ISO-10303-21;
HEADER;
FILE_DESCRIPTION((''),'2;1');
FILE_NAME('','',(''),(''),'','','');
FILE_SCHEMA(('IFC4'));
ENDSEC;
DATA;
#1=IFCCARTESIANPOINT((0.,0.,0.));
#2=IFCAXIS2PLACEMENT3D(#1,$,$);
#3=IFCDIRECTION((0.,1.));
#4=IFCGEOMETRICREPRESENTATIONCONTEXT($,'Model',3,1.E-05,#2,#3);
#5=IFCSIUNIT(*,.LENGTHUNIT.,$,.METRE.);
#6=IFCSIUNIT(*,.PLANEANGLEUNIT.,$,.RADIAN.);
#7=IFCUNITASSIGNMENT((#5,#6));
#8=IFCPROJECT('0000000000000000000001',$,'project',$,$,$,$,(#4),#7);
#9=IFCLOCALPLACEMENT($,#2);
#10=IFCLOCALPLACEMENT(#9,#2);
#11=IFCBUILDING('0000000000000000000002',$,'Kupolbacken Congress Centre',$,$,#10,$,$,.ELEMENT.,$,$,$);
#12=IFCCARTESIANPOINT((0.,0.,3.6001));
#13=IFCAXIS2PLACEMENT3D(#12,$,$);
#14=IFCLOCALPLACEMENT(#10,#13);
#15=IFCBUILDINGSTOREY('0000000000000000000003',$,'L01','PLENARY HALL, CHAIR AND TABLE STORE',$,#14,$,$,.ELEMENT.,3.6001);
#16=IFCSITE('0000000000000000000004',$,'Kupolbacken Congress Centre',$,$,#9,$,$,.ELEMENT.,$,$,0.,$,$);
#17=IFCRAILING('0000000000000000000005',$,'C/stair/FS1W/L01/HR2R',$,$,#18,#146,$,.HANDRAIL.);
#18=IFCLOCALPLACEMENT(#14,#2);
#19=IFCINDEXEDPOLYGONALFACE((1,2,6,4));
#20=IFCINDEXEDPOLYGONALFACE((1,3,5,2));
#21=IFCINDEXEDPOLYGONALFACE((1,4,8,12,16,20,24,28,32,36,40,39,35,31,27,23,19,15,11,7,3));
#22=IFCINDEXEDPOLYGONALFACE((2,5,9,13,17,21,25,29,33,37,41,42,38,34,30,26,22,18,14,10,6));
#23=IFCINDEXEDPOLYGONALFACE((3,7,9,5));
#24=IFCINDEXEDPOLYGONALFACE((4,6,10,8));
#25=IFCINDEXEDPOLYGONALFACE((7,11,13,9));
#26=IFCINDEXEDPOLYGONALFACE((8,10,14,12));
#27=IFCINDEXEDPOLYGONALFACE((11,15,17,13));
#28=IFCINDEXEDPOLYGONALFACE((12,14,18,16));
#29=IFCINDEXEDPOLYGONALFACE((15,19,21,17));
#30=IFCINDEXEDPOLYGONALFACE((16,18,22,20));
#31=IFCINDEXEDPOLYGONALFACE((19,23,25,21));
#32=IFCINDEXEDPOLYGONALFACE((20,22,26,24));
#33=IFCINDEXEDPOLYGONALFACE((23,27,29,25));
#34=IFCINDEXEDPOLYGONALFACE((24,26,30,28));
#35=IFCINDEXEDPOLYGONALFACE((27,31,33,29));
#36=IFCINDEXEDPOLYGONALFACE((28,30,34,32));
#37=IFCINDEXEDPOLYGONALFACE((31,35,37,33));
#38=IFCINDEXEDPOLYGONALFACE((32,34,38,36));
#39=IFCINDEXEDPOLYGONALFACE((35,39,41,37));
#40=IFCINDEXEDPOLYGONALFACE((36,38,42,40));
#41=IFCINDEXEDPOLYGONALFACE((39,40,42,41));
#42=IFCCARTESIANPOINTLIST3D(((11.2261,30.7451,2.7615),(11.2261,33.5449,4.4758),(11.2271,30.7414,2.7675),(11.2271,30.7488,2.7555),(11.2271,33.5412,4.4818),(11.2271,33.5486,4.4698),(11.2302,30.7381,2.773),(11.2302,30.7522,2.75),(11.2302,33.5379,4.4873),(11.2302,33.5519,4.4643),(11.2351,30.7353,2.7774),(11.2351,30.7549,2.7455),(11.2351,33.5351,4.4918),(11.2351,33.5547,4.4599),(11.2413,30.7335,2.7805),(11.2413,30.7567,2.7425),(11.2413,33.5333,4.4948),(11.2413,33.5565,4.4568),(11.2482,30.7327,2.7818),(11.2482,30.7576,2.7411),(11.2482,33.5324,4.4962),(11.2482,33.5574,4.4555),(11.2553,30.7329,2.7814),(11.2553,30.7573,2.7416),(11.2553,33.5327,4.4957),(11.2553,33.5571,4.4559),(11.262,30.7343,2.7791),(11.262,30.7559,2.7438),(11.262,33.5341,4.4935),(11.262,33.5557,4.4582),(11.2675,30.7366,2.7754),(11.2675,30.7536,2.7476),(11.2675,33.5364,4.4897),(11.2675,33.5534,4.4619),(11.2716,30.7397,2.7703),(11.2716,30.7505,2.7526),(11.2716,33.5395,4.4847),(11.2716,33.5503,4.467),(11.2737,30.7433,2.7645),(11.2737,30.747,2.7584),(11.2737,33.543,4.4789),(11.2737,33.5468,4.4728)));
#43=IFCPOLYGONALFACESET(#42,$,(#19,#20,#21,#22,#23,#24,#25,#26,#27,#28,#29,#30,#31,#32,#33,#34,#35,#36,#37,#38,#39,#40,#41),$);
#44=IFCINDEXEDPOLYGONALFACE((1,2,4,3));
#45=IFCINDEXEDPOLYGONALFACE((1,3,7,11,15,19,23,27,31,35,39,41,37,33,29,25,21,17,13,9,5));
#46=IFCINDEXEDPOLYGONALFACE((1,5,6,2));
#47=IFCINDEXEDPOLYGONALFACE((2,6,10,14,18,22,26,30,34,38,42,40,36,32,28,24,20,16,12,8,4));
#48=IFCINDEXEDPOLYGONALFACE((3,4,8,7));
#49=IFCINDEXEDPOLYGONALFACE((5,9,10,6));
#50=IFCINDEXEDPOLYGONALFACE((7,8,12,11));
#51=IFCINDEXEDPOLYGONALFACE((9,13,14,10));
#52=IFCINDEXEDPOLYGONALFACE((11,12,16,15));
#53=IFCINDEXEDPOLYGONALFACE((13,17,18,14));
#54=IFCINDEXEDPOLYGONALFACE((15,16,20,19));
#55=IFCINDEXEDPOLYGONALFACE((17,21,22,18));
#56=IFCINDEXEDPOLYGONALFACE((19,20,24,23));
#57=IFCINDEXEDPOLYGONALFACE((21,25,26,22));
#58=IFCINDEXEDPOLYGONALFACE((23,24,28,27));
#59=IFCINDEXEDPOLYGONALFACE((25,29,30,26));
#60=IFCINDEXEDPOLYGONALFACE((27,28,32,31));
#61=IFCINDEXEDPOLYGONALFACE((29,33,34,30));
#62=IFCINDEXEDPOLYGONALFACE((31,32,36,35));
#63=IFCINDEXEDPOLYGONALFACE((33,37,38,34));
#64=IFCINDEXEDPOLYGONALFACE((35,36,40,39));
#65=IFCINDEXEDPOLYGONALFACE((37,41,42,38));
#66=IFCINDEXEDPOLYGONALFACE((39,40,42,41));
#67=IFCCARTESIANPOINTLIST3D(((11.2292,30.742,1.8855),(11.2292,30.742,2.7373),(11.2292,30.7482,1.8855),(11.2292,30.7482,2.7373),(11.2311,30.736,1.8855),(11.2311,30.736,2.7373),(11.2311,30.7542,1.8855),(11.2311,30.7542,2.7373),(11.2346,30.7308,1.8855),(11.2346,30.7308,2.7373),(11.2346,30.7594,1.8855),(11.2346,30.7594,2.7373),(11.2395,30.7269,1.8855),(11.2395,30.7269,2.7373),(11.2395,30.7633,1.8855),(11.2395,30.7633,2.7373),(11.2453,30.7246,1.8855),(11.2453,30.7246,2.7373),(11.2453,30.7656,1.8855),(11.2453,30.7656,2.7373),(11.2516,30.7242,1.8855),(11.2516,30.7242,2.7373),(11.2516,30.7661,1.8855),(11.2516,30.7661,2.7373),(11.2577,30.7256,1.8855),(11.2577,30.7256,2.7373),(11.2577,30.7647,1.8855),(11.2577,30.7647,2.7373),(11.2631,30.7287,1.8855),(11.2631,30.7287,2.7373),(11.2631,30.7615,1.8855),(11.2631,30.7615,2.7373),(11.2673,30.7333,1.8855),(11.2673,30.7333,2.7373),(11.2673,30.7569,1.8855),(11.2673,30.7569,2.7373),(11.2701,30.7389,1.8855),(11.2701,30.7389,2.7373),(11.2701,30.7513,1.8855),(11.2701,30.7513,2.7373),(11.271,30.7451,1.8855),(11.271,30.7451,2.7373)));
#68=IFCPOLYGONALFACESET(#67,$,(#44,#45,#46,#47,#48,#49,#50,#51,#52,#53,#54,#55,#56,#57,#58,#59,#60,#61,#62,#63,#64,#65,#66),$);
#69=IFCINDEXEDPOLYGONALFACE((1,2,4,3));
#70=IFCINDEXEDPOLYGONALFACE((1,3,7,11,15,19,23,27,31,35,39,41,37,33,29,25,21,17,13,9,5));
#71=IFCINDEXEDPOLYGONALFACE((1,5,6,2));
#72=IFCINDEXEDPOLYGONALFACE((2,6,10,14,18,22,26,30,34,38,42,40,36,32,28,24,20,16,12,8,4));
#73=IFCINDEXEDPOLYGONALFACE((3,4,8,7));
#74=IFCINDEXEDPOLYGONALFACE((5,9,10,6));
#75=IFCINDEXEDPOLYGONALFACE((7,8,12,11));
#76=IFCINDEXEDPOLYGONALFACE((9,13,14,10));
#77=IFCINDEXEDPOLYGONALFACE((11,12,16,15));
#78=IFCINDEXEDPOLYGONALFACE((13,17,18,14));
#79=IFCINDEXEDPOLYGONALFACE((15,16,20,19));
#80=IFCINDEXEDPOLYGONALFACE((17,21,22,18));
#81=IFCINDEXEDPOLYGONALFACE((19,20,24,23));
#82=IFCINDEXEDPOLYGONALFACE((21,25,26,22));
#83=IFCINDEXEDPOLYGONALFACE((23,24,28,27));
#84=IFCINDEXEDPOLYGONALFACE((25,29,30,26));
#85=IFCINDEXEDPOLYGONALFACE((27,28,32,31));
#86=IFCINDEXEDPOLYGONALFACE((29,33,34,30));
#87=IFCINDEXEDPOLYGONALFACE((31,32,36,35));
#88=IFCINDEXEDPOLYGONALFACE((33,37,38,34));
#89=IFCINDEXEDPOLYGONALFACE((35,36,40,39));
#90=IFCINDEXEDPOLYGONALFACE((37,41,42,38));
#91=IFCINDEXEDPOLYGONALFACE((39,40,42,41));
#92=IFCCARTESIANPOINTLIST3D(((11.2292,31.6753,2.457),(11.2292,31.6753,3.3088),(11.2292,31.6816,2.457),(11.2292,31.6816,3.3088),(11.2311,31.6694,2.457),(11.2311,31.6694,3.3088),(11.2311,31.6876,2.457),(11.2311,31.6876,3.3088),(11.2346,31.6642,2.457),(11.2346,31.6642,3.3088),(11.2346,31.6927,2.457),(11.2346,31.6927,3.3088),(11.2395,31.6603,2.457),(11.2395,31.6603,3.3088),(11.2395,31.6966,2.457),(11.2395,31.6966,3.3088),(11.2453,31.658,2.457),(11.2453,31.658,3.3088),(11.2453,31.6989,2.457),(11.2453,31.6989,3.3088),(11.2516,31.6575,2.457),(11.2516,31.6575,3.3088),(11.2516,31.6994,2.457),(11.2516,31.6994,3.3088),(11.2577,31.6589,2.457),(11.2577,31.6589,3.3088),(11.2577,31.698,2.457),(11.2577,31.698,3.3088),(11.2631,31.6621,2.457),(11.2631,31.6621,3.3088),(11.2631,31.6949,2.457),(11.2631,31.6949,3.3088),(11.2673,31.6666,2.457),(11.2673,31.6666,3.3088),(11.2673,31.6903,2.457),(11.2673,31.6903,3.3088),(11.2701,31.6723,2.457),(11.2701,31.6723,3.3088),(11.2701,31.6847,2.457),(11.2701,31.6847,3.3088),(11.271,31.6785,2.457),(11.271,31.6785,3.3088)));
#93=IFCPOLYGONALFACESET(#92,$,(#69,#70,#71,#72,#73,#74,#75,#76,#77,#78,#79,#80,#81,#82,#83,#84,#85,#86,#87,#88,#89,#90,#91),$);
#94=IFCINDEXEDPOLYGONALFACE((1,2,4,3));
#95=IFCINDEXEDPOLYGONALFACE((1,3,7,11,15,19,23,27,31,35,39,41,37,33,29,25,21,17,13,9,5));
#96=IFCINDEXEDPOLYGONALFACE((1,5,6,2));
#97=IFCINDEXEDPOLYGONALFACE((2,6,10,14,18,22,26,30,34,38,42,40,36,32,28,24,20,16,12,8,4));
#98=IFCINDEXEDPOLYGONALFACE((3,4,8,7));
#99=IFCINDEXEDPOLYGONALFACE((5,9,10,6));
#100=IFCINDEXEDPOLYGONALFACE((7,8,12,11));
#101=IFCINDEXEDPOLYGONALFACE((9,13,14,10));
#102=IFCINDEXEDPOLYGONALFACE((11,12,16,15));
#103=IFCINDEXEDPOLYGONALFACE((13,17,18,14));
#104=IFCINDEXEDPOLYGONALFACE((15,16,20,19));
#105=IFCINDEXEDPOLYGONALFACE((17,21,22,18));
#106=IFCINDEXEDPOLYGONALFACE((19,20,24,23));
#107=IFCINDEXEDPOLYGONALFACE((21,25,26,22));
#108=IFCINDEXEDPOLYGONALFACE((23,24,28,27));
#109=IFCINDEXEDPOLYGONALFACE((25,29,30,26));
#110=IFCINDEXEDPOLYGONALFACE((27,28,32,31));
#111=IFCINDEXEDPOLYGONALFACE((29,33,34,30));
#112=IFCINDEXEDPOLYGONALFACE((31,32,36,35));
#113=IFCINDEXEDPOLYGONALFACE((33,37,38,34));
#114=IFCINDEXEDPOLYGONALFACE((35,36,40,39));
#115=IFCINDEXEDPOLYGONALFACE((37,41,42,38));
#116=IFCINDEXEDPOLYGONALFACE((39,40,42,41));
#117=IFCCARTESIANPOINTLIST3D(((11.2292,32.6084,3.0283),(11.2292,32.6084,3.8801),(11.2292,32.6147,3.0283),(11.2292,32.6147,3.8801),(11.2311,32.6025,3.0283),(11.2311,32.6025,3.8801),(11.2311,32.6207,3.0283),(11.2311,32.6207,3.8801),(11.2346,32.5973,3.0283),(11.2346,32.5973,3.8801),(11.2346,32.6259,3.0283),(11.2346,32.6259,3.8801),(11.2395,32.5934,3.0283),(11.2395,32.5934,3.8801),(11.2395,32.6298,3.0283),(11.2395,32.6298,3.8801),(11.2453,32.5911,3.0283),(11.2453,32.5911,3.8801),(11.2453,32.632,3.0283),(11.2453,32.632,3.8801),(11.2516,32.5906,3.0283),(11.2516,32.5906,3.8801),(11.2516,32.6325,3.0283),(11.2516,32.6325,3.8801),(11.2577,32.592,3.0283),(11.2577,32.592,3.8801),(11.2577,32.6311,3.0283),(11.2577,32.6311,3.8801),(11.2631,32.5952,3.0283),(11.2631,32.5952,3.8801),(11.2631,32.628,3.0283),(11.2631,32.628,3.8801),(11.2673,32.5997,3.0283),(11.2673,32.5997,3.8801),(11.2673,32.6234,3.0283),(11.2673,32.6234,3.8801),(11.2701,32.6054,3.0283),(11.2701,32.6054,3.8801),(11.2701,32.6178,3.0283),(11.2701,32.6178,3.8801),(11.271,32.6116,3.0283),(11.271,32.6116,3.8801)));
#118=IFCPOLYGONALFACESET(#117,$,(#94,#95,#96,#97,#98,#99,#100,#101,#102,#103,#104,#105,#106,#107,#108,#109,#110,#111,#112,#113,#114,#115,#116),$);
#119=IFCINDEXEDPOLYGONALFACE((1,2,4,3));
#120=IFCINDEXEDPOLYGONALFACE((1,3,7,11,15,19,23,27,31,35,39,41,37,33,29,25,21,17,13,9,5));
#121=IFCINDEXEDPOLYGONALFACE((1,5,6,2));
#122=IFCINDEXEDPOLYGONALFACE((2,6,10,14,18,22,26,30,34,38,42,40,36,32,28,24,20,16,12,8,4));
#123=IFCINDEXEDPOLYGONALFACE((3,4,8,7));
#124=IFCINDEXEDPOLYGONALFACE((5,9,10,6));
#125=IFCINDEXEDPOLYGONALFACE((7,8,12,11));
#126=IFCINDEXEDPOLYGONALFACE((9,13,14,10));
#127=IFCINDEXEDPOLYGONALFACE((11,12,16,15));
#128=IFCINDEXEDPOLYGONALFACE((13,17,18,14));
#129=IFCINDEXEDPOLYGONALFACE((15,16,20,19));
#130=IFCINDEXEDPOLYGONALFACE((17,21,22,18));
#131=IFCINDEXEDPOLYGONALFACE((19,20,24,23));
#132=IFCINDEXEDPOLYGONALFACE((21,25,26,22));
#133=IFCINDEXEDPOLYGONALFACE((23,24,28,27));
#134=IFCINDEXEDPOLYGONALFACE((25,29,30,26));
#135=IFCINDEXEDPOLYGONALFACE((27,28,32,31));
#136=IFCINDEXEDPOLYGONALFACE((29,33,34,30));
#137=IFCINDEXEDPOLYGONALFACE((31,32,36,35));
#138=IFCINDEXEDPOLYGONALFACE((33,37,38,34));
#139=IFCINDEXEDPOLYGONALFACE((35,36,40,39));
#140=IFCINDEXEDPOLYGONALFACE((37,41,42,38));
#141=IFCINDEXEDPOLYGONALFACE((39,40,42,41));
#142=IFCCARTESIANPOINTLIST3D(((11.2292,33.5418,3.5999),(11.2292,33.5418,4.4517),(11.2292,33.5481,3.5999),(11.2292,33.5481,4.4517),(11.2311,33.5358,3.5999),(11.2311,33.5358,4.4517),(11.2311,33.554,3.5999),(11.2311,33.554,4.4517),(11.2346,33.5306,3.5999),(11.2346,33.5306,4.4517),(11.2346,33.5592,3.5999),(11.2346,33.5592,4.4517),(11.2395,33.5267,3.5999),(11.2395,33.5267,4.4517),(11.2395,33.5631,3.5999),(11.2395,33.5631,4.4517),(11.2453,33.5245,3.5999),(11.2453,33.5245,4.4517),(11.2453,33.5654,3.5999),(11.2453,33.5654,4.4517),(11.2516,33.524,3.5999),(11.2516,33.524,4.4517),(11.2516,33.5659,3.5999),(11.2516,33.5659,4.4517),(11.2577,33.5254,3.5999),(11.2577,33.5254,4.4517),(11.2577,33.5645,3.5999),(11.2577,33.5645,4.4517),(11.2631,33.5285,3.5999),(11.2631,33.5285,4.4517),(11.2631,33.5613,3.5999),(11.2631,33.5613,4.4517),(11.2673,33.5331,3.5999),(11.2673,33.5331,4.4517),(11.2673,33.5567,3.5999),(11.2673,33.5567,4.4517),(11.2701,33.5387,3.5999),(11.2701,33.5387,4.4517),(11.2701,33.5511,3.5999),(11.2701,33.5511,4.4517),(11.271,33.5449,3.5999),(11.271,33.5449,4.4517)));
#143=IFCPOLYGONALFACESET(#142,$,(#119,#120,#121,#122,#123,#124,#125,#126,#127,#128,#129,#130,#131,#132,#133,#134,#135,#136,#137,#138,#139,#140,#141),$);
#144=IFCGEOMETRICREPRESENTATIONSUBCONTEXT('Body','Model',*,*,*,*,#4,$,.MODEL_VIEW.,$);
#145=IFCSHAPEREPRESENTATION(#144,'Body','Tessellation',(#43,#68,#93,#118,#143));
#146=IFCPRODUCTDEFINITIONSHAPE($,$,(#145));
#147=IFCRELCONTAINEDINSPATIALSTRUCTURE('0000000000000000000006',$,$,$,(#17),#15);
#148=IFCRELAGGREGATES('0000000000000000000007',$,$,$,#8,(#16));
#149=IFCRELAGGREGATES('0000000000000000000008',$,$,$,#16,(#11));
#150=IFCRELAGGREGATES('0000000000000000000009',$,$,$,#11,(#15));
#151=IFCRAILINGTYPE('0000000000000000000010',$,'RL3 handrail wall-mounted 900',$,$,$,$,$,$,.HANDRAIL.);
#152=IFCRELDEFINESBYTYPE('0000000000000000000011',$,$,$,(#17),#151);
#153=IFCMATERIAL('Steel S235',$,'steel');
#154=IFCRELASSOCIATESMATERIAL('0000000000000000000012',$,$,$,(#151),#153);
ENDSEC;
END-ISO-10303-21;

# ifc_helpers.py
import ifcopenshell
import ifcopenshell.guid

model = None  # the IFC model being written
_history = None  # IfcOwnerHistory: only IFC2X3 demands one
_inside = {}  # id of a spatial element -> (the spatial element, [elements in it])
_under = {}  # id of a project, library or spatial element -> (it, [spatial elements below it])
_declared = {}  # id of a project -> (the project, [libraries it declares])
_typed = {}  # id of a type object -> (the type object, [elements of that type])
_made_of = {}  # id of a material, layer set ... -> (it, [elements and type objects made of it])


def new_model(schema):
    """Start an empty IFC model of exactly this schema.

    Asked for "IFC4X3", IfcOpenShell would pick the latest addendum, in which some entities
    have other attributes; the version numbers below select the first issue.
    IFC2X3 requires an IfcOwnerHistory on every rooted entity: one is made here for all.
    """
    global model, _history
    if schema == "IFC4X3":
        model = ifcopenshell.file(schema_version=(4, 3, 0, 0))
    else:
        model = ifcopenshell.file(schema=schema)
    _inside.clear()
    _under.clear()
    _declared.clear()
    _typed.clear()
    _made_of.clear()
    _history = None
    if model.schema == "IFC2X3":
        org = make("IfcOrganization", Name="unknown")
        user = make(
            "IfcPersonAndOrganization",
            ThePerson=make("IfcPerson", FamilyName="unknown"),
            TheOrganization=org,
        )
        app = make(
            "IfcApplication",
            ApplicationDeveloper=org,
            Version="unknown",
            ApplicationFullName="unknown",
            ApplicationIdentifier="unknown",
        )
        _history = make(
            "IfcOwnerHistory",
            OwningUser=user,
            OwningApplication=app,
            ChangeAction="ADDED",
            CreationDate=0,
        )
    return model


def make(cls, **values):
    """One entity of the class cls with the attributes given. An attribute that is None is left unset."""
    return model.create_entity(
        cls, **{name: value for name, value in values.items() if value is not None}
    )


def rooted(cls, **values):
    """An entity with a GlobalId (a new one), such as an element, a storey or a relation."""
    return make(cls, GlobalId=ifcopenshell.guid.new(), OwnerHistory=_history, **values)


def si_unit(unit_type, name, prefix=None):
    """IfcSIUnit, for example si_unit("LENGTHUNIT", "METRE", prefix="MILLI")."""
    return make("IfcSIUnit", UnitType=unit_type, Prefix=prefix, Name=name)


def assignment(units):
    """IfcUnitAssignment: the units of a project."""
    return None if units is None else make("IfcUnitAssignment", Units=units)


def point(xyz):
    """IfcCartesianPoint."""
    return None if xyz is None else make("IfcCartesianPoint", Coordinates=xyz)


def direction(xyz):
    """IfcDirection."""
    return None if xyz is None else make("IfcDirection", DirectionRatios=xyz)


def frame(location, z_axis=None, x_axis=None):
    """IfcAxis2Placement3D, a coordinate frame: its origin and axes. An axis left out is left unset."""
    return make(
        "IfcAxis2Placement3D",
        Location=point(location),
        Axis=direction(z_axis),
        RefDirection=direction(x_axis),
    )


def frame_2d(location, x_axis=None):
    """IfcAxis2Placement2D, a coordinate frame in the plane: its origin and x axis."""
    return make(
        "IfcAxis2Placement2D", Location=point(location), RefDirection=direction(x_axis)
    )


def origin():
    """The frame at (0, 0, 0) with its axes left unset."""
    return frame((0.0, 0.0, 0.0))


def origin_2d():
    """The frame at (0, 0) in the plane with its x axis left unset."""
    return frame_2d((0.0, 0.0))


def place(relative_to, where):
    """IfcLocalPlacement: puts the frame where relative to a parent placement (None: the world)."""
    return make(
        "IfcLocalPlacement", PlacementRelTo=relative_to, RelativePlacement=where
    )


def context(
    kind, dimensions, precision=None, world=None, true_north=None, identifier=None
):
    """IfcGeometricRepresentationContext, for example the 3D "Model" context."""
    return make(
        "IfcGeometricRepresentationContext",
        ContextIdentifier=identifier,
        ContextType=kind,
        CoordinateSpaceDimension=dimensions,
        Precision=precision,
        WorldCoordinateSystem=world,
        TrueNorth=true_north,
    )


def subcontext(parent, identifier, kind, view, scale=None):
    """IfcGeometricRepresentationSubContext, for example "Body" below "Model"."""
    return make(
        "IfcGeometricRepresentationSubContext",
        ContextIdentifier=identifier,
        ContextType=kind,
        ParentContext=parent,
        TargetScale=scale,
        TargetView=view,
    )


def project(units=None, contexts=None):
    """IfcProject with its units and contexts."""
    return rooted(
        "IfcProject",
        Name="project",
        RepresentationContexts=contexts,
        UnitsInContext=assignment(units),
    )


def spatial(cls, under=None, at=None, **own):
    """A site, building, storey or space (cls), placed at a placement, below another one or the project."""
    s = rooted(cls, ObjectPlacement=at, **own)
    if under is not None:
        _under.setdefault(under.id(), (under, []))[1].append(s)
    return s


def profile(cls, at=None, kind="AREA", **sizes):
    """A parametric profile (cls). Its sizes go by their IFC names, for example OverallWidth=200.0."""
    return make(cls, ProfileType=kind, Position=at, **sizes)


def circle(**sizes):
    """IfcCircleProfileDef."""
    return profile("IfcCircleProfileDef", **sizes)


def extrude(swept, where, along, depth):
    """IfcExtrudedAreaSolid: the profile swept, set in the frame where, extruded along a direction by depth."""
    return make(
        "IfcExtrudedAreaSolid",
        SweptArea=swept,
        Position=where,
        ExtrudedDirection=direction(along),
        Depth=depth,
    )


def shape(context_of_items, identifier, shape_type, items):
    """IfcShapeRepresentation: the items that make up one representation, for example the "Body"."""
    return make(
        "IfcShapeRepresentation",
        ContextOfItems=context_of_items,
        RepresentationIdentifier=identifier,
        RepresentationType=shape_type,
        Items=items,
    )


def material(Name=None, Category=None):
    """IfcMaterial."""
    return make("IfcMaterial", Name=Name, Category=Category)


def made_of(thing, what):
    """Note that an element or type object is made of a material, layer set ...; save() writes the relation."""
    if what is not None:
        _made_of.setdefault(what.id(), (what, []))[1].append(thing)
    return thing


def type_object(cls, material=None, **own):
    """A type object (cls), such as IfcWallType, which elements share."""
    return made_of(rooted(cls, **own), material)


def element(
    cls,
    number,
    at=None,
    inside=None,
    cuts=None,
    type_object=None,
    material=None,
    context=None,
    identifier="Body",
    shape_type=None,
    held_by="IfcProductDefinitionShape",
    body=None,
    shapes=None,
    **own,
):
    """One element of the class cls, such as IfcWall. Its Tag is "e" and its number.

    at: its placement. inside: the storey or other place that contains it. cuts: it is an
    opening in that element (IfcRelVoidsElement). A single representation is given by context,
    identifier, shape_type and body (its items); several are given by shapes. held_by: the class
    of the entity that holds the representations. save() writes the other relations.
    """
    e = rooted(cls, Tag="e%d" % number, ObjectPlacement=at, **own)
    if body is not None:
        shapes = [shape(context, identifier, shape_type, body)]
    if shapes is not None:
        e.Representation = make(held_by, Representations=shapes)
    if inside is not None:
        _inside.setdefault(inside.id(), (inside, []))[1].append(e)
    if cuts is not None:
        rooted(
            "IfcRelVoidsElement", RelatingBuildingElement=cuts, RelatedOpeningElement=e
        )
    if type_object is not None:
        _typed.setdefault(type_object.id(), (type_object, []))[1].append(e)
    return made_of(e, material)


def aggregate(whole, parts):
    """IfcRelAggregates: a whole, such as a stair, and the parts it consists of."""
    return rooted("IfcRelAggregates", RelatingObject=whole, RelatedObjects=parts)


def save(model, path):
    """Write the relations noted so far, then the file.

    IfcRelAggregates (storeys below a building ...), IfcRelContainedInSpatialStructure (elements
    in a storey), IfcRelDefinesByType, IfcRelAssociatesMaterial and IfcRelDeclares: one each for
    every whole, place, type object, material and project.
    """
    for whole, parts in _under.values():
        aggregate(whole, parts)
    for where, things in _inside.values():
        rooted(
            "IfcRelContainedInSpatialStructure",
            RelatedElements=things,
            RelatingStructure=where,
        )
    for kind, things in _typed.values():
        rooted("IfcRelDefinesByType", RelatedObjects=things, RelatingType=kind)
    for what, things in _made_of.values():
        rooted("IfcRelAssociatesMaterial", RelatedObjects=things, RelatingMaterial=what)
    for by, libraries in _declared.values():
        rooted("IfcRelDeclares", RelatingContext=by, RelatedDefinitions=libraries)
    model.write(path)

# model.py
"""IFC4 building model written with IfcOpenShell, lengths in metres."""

from ifc_helpers import new_model, si_unit, direction, frame, origin, origin_2d, place, context, subcontext, project, spatial, circle, extrude, material, type_object, element, save


model = new_model("IFC4")

# Units and contexts
model_context = context("Model", 3, precision=1e-05, world=origin(), true_north=direction((0.0, 1.0)))
body_context = subcontext(model_context, "Body", "Model", "MODEL_VIEW")
ifc_project = project(units=[si_unit("LENGTHUNIT", "METRE"), si_unit("PLANEANGLEUNIT", "RADIAN")], contexts=[model_context])

# Site, building, storey
site_placement = place(None, origin())
site = spatial("IfcSite", under=ifc_project, at=site_placement, Name="Kupolbacken Congress Centre", CompositionType="ELEMENT", RefElevation=0.0)
building_placement = place(site_placement, origin())
building = spatial("IfcBuilding", under=site, at=building_placement, Name="Kupolbacken Congress Centre", CompositionType="ELEMENT")
storey_placement = place(building_placement, frame((0.0, 0.0, 3.6001)))
storey = spatial("IfcBuildingStorey", under=building, at=storey_placement, Name="L01", Description="PLENARY HALL, CHAIR AND TABLE STORE", CompositionType="ELEMENT", Elevation=3.6001)

# Railing
ifc_material_1 = material(Name="Steel S235", Category="steel")
railing_type = type_object("IfcRailingType", Name="RL3 handrail wall-mounted 900", PredefinedType="HANDRAIL", material=ifc_material_1)
for number, where, name in (
    (1, (11.25, 30.7451, 1.8855), "C/stair/FS1W/L01/HR2R"),
):
    element("IfcRailing", number, at=place(storey_placement, frame(where)), inside=storey, type_object=railing_type, Name=name, PredefinedType="HANDRAIL", context=body_context, shape_type="SweptSolid", body=[
        extrude(circle(Radius=0.0239, at=origin_2d()), frame((0.0, 0.0, 0.876), z_axis=(0.0, 0.852826, 0.522196), x_axis=(-1.0, 0.0, 0.0)), (0.0, 0.0, 1.0), 3.283),
        extrude(circle(Radius=0.021, at=origin_2d()), origin(), (0.0, 0.0, 1.0), 0.8518),
        extrude(circle(Radius=0.021, at=origin_2d()), frame((0.0, 0.9333, 0.5715)), (0.0, 0.0, 1.0), 0.8518),
        extrude(circle(Radius=0.021, at=origin_2d()), frame((0.0, 1.8665, 1.1428)), (0.0, 0.0, 1.0), 0.8518),
        extrude(circle(Radius=0.021, at=origin_2d()), frame((0.0, 2.7998, 1.7144)), (0.0, 0.0, 1.0), 0.8518),
    ])

save(model, "model.ifc")
